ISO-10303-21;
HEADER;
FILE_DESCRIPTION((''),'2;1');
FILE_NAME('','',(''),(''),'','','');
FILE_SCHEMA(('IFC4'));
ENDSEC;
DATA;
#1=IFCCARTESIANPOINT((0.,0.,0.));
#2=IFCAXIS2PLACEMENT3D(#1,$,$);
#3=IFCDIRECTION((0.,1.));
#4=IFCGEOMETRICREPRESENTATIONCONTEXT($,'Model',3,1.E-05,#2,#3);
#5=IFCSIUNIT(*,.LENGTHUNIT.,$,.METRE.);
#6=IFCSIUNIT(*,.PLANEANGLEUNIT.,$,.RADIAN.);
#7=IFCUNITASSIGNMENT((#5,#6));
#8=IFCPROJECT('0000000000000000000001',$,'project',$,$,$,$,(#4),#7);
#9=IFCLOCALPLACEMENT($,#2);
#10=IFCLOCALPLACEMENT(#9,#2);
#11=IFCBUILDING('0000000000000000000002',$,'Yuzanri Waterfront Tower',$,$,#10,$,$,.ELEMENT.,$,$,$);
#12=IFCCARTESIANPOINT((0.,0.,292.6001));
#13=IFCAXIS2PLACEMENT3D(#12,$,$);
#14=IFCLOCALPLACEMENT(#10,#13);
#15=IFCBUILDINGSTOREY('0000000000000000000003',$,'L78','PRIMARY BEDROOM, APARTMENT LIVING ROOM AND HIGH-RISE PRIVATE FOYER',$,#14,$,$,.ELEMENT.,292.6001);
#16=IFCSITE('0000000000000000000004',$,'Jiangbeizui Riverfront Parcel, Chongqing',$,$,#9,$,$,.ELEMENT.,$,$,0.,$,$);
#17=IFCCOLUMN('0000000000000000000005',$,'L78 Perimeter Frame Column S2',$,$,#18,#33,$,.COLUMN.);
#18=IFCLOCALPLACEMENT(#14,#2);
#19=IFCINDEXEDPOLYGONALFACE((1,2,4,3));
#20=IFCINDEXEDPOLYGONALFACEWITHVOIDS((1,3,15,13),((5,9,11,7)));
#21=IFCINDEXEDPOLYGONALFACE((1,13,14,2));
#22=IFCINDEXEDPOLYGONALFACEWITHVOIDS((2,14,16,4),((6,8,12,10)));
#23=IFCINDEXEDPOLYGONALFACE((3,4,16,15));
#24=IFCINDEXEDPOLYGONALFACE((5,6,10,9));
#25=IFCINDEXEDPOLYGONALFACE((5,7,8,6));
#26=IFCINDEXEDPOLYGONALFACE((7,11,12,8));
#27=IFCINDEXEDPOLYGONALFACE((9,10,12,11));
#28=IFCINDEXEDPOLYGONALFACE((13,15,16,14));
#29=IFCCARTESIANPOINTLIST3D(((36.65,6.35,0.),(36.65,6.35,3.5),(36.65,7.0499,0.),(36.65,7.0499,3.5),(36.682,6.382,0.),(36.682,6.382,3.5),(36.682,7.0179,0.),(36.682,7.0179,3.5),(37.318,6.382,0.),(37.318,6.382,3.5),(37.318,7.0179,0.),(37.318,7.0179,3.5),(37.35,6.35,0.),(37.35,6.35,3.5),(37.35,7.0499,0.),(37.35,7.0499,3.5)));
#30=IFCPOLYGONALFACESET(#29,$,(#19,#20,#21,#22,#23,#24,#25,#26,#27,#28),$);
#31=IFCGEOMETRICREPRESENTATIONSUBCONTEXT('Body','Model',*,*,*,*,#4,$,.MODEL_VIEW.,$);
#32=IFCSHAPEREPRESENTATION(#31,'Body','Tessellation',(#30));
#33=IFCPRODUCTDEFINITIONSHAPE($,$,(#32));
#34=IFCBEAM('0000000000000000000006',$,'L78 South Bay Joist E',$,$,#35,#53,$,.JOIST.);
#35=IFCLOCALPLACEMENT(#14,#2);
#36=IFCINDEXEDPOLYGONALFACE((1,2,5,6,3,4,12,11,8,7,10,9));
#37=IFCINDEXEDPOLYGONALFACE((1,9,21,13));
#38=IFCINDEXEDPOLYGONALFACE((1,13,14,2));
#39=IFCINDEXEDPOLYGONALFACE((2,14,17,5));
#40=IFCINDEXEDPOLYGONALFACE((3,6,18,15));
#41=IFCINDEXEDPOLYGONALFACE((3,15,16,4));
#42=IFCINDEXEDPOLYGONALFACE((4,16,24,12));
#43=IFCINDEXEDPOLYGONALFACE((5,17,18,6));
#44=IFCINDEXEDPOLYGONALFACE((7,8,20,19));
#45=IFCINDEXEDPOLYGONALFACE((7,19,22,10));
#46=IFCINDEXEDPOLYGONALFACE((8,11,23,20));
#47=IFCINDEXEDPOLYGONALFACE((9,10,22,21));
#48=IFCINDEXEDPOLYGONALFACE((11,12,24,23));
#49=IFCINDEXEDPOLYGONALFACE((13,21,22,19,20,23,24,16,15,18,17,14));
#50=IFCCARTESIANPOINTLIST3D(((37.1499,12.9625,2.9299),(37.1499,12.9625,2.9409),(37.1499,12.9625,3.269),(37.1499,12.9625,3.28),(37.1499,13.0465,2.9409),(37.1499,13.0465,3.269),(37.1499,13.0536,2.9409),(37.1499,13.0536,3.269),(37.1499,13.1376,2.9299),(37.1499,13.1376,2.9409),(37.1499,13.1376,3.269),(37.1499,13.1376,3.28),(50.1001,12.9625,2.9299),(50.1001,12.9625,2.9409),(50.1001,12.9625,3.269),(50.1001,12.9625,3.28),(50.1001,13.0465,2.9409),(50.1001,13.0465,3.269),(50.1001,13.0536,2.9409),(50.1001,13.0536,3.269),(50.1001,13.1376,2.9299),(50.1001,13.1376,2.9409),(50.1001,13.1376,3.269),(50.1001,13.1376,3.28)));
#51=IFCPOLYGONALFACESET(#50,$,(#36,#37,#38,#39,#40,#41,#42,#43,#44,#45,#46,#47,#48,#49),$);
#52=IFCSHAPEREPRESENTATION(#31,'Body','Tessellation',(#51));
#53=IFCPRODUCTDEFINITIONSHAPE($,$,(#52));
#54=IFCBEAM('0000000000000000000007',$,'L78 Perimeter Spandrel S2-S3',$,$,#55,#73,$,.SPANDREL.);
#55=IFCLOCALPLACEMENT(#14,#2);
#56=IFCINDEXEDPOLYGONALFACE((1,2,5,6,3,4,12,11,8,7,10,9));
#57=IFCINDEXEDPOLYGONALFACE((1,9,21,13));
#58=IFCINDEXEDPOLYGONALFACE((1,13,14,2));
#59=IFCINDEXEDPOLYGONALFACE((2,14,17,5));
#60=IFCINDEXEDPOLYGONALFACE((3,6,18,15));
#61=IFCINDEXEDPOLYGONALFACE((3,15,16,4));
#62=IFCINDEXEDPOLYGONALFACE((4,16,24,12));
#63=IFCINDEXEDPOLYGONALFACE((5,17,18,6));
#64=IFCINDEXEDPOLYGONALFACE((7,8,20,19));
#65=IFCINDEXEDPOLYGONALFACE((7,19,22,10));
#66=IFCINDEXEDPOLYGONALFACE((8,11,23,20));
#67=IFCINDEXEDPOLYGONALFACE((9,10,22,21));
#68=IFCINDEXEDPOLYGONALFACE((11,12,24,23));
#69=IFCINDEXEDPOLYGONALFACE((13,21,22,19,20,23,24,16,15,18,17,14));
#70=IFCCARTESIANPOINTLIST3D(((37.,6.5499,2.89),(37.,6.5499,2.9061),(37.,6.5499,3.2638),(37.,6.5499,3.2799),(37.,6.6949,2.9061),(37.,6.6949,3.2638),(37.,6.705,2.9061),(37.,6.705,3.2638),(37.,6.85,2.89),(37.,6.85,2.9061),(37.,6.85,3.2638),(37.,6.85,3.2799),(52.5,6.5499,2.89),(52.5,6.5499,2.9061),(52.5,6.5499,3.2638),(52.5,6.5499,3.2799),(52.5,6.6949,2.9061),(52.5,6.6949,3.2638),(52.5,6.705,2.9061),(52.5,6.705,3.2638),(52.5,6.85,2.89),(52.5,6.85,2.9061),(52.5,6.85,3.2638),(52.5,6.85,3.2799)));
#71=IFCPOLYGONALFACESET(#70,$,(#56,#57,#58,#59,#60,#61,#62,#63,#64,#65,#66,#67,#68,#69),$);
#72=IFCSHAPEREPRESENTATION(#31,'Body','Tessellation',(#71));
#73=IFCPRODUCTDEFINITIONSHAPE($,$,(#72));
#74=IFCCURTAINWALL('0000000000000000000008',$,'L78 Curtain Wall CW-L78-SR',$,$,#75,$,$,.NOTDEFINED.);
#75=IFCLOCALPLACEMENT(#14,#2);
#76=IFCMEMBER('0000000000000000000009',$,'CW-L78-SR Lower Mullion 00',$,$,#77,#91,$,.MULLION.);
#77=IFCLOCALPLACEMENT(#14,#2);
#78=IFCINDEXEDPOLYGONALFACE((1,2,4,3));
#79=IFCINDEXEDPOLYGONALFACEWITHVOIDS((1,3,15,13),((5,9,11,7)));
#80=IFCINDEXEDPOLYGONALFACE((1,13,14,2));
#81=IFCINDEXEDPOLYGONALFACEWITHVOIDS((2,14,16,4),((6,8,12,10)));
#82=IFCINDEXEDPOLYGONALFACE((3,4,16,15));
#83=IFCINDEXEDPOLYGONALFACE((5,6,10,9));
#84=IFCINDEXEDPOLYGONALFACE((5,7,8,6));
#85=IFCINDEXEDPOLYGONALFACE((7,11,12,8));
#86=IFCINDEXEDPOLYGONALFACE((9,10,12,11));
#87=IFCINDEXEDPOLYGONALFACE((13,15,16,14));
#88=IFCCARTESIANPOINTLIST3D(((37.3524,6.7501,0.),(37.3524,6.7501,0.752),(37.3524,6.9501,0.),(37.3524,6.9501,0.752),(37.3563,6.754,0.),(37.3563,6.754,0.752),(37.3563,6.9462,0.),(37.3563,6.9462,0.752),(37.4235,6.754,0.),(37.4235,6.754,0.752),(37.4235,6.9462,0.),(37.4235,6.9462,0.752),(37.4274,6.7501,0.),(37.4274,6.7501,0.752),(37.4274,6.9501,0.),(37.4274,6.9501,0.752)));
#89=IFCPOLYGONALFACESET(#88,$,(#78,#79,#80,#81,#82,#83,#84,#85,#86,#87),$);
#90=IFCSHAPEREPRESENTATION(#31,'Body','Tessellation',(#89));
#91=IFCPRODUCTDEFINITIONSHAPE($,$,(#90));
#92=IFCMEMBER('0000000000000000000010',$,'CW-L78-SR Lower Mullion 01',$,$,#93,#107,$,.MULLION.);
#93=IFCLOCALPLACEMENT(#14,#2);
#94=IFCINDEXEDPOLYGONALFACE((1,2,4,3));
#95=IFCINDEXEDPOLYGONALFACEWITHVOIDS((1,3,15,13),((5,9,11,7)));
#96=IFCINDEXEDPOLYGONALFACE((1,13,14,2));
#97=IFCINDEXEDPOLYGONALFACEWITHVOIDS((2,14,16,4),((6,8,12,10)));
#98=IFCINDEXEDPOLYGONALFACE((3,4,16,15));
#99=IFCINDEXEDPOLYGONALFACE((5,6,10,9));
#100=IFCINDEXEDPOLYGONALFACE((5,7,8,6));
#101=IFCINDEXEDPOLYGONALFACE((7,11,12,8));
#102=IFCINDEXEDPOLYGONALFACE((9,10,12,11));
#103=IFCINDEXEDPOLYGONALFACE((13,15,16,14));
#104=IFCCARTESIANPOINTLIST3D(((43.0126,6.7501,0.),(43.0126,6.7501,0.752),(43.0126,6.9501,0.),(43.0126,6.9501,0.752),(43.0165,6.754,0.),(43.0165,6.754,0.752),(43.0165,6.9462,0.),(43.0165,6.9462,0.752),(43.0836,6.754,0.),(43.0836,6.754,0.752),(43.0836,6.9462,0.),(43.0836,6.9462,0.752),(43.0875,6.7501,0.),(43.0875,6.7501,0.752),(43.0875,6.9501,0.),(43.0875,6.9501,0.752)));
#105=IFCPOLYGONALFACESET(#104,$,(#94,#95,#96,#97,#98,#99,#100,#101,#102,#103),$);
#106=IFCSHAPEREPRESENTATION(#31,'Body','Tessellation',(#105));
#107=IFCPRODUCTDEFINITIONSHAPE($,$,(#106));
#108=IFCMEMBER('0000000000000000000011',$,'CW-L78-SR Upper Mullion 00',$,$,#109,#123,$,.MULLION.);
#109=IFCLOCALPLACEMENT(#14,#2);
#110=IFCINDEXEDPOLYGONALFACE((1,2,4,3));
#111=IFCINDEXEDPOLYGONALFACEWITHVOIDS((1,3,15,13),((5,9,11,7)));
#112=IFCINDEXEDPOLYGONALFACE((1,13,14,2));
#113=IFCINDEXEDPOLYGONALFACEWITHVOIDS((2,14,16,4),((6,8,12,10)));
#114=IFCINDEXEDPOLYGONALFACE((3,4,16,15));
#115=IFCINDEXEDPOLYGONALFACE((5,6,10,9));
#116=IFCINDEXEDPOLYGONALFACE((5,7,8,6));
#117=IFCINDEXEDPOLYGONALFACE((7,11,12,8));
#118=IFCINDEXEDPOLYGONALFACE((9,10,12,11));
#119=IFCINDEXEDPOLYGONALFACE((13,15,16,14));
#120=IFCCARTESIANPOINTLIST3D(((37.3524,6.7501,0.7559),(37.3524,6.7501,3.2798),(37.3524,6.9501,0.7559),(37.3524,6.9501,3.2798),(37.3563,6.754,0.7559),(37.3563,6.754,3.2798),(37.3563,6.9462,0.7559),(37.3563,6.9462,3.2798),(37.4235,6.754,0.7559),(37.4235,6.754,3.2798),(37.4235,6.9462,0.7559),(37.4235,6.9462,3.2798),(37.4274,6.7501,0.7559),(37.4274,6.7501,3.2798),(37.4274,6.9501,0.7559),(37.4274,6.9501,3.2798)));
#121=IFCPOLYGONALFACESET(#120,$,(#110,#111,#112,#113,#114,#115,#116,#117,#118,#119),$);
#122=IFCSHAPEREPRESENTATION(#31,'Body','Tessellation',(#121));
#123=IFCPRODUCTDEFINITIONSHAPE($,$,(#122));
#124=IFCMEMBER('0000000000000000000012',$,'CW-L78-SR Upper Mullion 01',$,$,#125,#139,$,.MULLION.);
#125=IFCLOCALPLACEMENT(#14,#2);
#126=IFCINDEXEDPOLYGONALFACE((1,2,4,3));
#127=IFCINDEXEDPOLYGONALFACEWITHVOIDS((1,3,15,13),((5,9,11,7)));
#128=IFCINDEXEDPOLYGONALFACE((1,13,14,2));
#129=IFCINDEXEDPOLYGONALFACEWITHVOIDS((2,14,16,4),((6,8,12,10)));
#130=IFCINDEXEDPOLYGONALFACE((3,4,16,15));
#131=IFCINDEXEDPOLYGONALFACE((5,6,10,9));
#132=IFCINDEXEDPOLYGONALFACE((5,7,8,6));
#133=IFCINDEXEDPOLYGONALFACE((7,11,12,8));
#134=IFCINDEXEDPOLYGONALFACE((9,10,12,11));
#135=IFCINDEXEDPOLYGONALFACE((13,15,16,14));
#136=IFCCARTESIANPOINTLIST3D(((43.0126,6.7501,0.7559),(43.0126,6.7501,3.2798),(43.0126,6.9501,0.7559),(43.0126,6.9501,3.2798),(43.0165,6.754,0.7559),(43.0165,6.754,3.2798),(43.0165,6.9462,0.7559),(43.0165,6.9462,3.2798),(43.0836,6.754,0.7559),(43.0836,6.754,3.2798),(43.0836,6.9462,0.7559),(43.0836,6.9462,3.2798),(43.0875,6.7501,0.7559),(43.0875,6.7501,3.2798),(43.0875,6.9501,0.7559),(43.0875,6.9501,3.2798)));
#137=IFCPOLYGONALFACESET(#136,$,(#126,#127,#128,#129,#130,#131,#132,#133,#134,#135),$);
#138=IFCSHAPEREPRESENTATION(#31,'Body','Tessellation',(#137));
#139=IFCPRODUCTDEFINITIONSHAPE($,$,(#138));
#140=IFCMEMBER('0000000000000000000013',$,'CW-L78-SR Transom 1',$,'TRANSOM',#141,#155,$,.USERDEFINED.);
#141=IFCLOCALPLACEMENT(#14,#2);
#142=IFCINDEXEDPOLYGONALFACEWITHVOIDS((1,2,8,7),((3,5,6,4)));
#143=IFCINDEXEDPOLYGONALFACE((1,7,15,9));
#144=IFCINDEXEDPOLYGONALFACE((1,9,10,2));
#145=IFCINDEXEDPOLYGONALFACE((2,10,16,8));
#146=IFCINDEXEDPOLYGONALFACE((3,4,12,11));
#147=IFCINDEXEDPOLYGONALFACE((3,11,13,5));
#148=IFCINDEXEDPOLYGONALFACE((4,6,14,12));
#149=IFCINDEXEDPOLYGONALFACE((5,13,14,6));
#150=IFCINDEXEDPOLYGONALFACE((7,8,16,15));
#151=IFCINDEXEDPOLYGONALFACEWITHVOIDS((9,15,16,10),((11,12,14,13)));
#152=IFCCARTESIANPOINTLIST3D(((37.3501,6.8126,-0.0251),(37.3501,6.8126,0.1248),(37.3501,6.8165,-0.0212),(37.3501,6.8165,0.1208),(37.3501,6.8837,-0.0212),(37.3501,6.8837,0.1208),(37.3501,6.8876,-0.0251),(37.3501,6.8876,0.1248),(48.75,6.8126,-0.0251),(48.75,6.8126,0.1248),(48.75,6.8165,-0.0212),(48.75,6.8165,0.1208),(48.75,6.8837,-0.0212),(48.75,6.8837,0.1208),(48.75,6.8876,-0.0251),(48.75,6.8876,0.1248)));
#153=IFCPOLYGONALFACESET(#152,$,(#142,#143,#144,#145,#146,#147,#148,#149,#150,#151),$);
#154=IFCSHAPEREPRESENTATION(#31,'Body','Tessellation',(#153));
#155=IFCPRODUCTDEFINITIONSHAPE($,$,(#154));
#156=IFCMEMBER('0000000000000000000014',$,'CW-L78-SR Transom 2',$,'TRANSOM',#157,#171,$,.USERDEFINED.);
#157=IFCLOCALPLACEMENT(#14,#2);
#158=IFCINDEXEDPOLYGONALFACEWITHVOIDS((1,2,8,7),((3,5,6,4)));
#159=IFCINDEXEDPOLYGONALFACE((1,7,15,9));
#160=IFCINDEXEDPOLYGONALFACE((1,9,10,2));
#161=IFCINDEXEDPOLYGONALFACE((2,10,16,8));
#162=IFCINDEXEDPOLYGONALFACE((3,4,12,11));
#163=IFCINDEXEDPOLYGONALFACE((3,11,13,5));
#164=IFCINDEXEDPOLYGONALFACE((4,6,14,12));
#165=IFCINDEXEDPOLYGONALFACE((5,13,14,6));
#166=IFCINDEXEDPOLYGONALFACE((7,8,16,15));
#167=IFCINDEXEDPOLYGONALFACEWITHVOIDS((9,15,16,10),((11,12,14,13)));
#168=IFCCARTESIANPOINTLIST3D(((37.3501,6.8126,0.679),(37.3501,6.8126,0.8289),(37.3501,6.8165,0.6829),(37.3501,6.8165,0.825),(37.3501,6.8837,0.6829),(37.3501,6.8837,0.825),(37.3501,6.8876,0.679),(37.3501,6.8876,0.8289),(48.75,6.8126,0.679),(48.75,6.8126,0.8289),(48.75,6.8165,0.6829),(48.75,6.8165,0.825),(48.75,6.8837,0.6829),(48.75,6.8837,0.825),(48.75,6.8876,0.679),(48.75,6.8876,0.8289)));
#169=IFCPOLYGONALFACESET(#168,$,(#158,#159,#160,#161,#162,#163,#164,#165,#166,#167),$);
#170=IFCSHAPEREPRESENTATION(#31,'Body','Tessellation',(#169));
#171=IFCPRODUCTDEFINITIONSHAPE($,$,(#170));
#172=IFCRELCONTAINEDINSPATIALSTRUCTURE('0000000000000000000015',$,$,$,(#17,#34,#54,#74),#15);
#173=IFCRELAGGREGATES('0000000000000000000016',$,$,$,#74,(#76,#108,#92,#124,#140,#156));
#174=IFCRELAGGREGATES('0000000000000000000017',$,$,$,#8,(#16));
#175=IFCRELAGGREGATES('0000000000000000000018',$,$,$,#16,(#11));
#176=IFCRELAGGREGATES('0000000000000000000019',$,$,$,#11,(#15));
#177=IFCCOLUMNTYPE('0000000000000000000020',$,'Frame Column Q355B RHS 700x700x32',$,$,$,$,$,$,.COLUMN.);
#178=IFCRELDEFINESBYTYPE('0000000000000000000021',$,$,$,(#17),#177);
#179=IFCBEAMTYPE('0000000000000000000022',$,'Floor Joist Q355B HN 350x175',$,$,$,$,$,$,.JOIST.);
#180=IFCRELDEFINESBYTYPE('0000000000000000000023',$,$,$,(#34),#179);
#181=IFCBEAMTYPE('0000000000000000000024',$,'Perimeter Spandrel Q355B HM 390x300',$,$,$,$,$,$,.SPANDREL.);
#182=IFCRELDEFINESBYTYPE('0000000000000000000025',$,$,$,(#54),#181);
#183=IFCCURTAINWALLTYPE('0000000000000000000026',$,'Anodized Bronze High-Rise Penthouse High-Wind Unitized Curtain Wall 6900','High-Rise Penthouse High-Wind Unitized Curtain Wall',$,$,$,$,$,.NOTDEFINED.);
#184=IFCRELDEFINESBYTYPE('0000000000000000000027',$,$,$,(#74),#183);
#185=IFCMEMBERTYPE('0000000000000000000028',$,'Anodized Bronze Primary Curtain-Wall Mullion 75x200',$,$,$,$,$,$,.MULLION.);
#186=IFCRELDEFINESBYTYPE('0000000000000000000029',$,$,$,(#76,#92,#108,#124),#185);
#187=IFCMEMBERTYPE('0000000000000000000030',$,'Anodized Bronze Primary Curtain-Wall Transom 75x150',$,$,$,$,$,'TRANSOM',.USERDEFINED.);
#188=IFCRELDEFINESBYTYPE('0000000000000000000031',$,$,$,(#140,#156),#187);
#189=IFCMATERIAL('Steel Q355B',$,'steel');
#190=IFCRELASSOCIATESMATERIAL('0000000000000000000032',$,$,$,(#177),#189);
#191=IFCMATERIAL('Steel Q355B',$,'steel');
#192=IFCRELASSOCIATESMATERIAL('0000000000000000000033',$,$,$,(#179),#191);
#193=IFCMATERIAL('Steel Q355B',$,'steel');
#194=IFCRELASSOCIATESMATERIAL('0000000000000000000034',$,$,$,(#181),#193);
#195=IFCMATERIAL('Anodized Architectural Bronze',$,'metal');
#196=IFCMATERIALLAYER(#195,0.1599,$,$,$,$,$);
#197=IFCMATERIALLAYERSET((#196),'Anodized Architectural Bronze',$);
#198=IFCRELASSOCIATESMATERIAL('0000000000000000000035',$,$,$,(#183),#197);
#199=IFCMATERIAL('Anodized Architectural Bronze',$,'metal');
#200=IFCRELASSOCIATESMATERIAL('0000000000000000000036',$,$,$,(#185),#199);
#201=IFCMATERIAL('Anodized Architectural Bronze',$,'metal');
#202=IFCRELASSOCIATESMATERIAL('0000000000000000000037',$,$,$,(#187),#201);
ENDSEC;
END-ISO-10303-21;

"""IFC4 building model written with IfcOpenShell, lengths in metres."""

from ifc_helpers import new_model, si_unit, direction, frame, origin, origin_2d, place, context, subcontext, project, spatial, hollow_rectangle, i_section, extrude, source, transform, mapped, material, layer, layer_set, material_profile, profile_set, type_object, element, aggregate, save


model = new_model("IFC4")

# Units and contexts
model_context = context("Model", 3, precision=1e-05, world=origin(), true_north=direction((0.0, 1.0)))
body_context = subcontext(model_context, "Body", "Model", "MODEL_VIEW")
ifc_project = project(units=[si_unit("LENGTHUNIT", "METRE"), si_unit("PLANEANGLEUNIT", "RADIAN")], contexts=[model_context])

# Site, building, storey
site_placement = place(None, origin())
site = spatial("IfcSite", under=ifc_project, at=site_placement, Name="Jiangbeizui Riverfront Parcel, Chongqing", CompositionType="ELEMENT", RefElevation=0.0)
building_placement = place(site_placement, origin())
building = spatial("IfcBuilding", under=site, at=building_placement, Name="Yuzanri Waterfront Tower", CompositionType="ELEMENT")
storey_placement = place(building_placement, frame((0.0, 0.0, 292.6001)))
storey = spatial("IfcBuildingStorey", under=building, at=storey_placement, Name="L78", Description="PRIMARY BEDROOM, APARTMENT LIVING ROOM AND HIGH-RISE PRIVATE FOYER", CompositionType="ELEMENT", Elevation=292.6001)

# Column
ifc_material_1 = material(Name="Steel Q355B", Category="steel")
ifc_material_profile_1 = material_profile(ifc_material_1, hollow_rectangle(XDim=0.7, YDim=0.7, WallThickness=0.032, at=origin_2d()), Name="RHS 700x700x32")
ifc_profile_set_1 = profile_set([ifc_material_profile_1], Name="Steel Q355B")
column_type = type_object("IfcColumnType", Name="Frame Column Q355B RHS 700x700x32", PredefinedType="COLUMN", material=ifc_profile_set_1)
shared_shape_1 = source(origin(), body_context, "Body", "SweptSolid", [
    extrude(hollow_rectangle(XDim=0.7, YDim=0.7, WallThickness=0.032, at=origin_2d()), origin(), (0.0, 0.0, 1.0), 3.5),
])
column_placement = place(storey_placement, frame((37.0, 6.7, 0.0), z_axis=(0.0, 0.0, 1.0), x_axis=(1.0, 0.0, 0.0)))
element("IfcColumn", 1, at=column_placement, inside=storey, type_object=column_type, Name="L78 Perimeter Frame Column S2", PredefinedType="COLUMN", context=body_context, shape_type="MappedRepresentation", body=[
    mapped(shared_shape_1, transform((0.0, 0.0, 0.0), scale=1.0)),
])

# Beams
ifc_material_2 = material(Name="Steel Q355B", Category="steel")
ifc_material_profile_2 = material_profile(ifc_material_2, i_section(OverallWidth=0.175, OverallDepth=0.3501, WebThickness=0.0071, FlangeThickness=0.011, at=origin_2d()), Name="HN 350x175x7x11")
ifc_profile_set_2 = profile_set([ifc_material_profile_2], Name="Steel Q355B")
beam_type_1 = type_object("IfcBeamType", Name="Floor Joist Q355B HN 350x175", PredefinedType="JOIST", material=ifc_profile_set_2)
shared_shape_2 = source(origin(), body_context, "Body", "SweptSolid", [
    extrude(i_section(OverallWidth=0.175, OverallDepth=0.3501, WebThickness=0.0071, FlangeThickness=0.011, at=origin_2d()), origin(), (0.0, 0.0, 1.0), 12.9502),
])
beam_1_placement = place(storey_placement, frame((37.1499, 13.05, 3.105), z_axis=(1.0, 0.0, 0.0), x_axis=(0.0, 1.0, 0.0)))
element("IfcBeam", 2, at=beam_1_placement, inside=storey, type_object=beam_type_1, Name="L78 South Bay Joist E", PredefinedType="JOIST", context=body_context, shape_type="MappedRepresentation", body=[
    mapped(shared_shape_2, transform((0.0, 0.0, 0.0), scale=1.0)),
])
ifc_material_3 = material(Name="Steel Q355B", Category="steel")
ifc_material_profile_3 = material_profile(ifc_material_3, i_section(OverallWidth=0.3, OverallDepth=0.3899, WebThickness=0.01, FlangeThickness=0.0161, at=origin_2d()), Name="HM 390x300x10x16")
ifc_profile_set_3 = profile_set([ifc_material_profile_3], Name="Steel Q355B")
beam_type_2 = type_object("IfcBeamType", Name="Perimeter Spandrel Q355B HM 390x300", PredefinedType="SPANDREL", material=ifc_profile_set_3)
shared_shape_3 = source(origin(), body_context, "Body", "SweptSolid", [
    extrude(i_section(OverallWidth=0.3, OverallDepth=0.3899, WebThickness=0.01, FlangeThickness=0.0161, at=origin_2d()), origin(), (0.0, 0.0, 1.0), 15.5),
])
beam_2_placement = place(storey_placement, frame((37.0, 6.7, 3.085), z_axis=(1.0, 0.0, 0.0), x_axis=(0.0, 1.0, 0.0)))
element("IfcBeam", 3, at=beam_2_placement, inside=storey, type_object=beam_type_2, Name="L78 Perimeter Spandrel S2-S3", PredefinedType="SPANDREL", context=body_context, shape_type="MappedRepresentation", body=[
    mapped(shared_shape_3, transform((0.0, 0.0, 0.0), scale=1.0)),
])

# Curtain wall, members
ifc_material_4 = material(Name="Anodized Architectural Bronze", Category="metal")
ifc_layer_1 = layer(ifc_material_4, 0.1599)
ifc_layer_set_1 = layer_set([ifc_layer_1], Name="Anodized Architectural Bronze")
curtain_wall_type = type_object("IfcCurtainWallType", Name="Anodized Bronze High-Rise Penthouse High-Wind Unitized Curtain Wall 6900", Description="High-Rise Penthouse High-Wind Unitized Curtain Wall", PredefinedType="NOTDEFINED", material=ifc_layer_set_1)
curtain_wall_placement = place(storey_placement, origin())
curtain_wall = element("IfcCurtainWall", 4, at=curtain_wall_placement, inside=storey, type_object=curtain_wall_type, Name="L78 Curtain Wall CW-L78-SR", PredefinedType="NOTDEFINED")
ifc_material_5 = material(Name="Anodized Architectural Bronze", Category="metal")
ifc_material_profile_4 = material_profile(ifc_material_5, hollow_rectangle(XDim=0.075, YDim=0.2, WallThickness=0.0039, at=origin_2d()), Name="CWM 75x200")
ifc_profile_set_4 = profile_set([ifc_material_profile_4], Name="Anodized Architectural Bronze")
member_type_1 = type_object("IfcMemberType", Name="Anodized Bronze Primary Curtain-Wall Mullion 75x200", PredefinedType="MULLION", material=ifc_profile_set_4)
shared_shape_4 = source(origin(), body_context, "Body", "SweptSolid", [
    extrude(hollow_rectangle(XDim=0.075, YDim=0.2, WallThickness=0.0039, at=origin_2d()), origin(), (0.0, 0.0, 1.0), 0.752),
])
member_1_placement = place(storey_placement, frame((37.3899, 6.8501, 0.0), z_axis=(0.0, 0.0, 1.0), x_axis=(1.0, 0.0, 0.0)))
member_1 = element("IfcMember", 5, at=member_1_placement, type_object=member_type_1, Name="CW-L78-SR Lower Mullion 00", PredefinedType="MULLION", context=body_context, shape_type="MappedRepresentation", body=[
    mapped(shared_shape_4, transform((0.0, 0.0, 0.0), scale=1.0)),
])
member_2_placement = place(storey_placement, frame((43.05, 6.8501, 0.0), z_axis=(0.0, 0.0, 1.0), x_axis=(1.0, 0.0, 0.0)))
member_2 = element("IfcMember", 6, at=member_2_placement, type_object=member_type_1, Name="CW-L78-SR Lower Mullion 01", PredefinedType="MULLION", context=body_context, shape_type="MappedRepresentation", body=[
    mapped(shared_shape_4, transform((0.0, 0.0, 0.0), scale=1.0)),
])
shared_shape_5 = source(origin(), body_context, "Body", "SweptSolid", [
    extrude(hollow_rectangle(XDim=0.075, YDim=0.2, WallThickness=0.0039, at=origin_2d()), origin(), (0.0, 0.0, 1.0), 2.5239),
])
member_3_placement = place(storey_placement, frame((37.3899, 6.8501, 0.7559), z_axis=(0.0, 0.0, 1.0), x_axis=(1.0, 0.0, 0.0)))
member_3 = element("IfcMember", 7, at=member_3_placement, type_object=member_type_1, Name="CW-L78-SR Upper Mullion 00", PredefinedType="MULLION", context=body_context, shape_type="MappedRepresentation", body=[
    mapped(shared_shape_5, transform((0.0, 0.0, 0.0), scale=1.0)),
])
member_4_placement = place(storey_placement, frame((43.05, 6.8501, 0.7559), z_axis=(0.0, 0.0, 1.0), x_axis=(1.0, 0.0, 0.0)))
member_4 = element("IfcMember", 8, at=member_4_placement, type_object=member_type_1, Name="CW-L78-SR Upper Mullion 01", PredefinedType="MULLION", context=body_context, shape_type="MappedRepresentation", body=[
    mapped(shared_shape_5, transform((0.0, 0.0, 0.0), scale=1.0)),
])
ifc_material_6 = material(Name="Anodized Architectural Bronze", Category="metal")
ifc_material_profile_5 = material_profile(ifc_material_6, hollow_rectangle(XDim=0.075, YDim=0.1499, WallThickness=0.0039, at=origin_2d()), Name="CWT 75x150")
ifc_profile_set_5 = profile_set([ifc_material_profile_5], Name="Anodized Architectural Bronze")
member_type_2 = type_object("IfcMemberType", Name="Anodized Bronze Primary Curtain-Wall Transom 75x150", ElementType="TRANSOM", PredefinedType="USERDEFINED", material=ifc_profile_set_5)
shared_shape_6 = source(origin(), body_context, "Body", "SweptSolid", [
    extrude(hollow_rectangle(XDim=0.075, YDim=0.1499, WallThickness=0.0039, at=origin_2d()), origin(), (0.0, 0.0, 1.0), 11.3999),
])
member_5_placement = place(storey_placement, frame((37.3501, 6.8501, 0.0498), z_axis=(1.0, 0.0, 0.0), x_axis=(0.0, 1.0, 0.0)))
member_5 = element("IfcMember", 9, at=member_5_placement, type_object=member_type_2, Name="CW-L78-SR Transom 1", ObjectType="TRANSOM", PredefinedType="USERDEFINED", context=body_context, shape_type="MappedRepresentation", body=[
    mapped(shared_shape_6, transform((0.0, 0.0, 0.0), scale=1.0)),
])
member_6_placement = place(storey_placement, frame((37.3501, 6.8501, 0.7539), z_axis=(1.0, 0.0, 0.0), x_axis=(0.0, 1.0, 0.0)))
member_6 = element("IfcMember", 10, at=member_6_placement, type_object=member_type_2, Name="CW-L78-SR Transom 2", ObjectType="TRANSOM", PredefinedType="USERDEFINED", context=body_context, shape_type="MappedRepresentation", body=[
    mapped(shared_shape_6, transform((0.0, 0.0, 0.0), scale=1.0)),
])
aggregate(curtain_wall, [member_1, member_3, member_2, member_4, member_5, member_6])

save(model, "model.ifc")
